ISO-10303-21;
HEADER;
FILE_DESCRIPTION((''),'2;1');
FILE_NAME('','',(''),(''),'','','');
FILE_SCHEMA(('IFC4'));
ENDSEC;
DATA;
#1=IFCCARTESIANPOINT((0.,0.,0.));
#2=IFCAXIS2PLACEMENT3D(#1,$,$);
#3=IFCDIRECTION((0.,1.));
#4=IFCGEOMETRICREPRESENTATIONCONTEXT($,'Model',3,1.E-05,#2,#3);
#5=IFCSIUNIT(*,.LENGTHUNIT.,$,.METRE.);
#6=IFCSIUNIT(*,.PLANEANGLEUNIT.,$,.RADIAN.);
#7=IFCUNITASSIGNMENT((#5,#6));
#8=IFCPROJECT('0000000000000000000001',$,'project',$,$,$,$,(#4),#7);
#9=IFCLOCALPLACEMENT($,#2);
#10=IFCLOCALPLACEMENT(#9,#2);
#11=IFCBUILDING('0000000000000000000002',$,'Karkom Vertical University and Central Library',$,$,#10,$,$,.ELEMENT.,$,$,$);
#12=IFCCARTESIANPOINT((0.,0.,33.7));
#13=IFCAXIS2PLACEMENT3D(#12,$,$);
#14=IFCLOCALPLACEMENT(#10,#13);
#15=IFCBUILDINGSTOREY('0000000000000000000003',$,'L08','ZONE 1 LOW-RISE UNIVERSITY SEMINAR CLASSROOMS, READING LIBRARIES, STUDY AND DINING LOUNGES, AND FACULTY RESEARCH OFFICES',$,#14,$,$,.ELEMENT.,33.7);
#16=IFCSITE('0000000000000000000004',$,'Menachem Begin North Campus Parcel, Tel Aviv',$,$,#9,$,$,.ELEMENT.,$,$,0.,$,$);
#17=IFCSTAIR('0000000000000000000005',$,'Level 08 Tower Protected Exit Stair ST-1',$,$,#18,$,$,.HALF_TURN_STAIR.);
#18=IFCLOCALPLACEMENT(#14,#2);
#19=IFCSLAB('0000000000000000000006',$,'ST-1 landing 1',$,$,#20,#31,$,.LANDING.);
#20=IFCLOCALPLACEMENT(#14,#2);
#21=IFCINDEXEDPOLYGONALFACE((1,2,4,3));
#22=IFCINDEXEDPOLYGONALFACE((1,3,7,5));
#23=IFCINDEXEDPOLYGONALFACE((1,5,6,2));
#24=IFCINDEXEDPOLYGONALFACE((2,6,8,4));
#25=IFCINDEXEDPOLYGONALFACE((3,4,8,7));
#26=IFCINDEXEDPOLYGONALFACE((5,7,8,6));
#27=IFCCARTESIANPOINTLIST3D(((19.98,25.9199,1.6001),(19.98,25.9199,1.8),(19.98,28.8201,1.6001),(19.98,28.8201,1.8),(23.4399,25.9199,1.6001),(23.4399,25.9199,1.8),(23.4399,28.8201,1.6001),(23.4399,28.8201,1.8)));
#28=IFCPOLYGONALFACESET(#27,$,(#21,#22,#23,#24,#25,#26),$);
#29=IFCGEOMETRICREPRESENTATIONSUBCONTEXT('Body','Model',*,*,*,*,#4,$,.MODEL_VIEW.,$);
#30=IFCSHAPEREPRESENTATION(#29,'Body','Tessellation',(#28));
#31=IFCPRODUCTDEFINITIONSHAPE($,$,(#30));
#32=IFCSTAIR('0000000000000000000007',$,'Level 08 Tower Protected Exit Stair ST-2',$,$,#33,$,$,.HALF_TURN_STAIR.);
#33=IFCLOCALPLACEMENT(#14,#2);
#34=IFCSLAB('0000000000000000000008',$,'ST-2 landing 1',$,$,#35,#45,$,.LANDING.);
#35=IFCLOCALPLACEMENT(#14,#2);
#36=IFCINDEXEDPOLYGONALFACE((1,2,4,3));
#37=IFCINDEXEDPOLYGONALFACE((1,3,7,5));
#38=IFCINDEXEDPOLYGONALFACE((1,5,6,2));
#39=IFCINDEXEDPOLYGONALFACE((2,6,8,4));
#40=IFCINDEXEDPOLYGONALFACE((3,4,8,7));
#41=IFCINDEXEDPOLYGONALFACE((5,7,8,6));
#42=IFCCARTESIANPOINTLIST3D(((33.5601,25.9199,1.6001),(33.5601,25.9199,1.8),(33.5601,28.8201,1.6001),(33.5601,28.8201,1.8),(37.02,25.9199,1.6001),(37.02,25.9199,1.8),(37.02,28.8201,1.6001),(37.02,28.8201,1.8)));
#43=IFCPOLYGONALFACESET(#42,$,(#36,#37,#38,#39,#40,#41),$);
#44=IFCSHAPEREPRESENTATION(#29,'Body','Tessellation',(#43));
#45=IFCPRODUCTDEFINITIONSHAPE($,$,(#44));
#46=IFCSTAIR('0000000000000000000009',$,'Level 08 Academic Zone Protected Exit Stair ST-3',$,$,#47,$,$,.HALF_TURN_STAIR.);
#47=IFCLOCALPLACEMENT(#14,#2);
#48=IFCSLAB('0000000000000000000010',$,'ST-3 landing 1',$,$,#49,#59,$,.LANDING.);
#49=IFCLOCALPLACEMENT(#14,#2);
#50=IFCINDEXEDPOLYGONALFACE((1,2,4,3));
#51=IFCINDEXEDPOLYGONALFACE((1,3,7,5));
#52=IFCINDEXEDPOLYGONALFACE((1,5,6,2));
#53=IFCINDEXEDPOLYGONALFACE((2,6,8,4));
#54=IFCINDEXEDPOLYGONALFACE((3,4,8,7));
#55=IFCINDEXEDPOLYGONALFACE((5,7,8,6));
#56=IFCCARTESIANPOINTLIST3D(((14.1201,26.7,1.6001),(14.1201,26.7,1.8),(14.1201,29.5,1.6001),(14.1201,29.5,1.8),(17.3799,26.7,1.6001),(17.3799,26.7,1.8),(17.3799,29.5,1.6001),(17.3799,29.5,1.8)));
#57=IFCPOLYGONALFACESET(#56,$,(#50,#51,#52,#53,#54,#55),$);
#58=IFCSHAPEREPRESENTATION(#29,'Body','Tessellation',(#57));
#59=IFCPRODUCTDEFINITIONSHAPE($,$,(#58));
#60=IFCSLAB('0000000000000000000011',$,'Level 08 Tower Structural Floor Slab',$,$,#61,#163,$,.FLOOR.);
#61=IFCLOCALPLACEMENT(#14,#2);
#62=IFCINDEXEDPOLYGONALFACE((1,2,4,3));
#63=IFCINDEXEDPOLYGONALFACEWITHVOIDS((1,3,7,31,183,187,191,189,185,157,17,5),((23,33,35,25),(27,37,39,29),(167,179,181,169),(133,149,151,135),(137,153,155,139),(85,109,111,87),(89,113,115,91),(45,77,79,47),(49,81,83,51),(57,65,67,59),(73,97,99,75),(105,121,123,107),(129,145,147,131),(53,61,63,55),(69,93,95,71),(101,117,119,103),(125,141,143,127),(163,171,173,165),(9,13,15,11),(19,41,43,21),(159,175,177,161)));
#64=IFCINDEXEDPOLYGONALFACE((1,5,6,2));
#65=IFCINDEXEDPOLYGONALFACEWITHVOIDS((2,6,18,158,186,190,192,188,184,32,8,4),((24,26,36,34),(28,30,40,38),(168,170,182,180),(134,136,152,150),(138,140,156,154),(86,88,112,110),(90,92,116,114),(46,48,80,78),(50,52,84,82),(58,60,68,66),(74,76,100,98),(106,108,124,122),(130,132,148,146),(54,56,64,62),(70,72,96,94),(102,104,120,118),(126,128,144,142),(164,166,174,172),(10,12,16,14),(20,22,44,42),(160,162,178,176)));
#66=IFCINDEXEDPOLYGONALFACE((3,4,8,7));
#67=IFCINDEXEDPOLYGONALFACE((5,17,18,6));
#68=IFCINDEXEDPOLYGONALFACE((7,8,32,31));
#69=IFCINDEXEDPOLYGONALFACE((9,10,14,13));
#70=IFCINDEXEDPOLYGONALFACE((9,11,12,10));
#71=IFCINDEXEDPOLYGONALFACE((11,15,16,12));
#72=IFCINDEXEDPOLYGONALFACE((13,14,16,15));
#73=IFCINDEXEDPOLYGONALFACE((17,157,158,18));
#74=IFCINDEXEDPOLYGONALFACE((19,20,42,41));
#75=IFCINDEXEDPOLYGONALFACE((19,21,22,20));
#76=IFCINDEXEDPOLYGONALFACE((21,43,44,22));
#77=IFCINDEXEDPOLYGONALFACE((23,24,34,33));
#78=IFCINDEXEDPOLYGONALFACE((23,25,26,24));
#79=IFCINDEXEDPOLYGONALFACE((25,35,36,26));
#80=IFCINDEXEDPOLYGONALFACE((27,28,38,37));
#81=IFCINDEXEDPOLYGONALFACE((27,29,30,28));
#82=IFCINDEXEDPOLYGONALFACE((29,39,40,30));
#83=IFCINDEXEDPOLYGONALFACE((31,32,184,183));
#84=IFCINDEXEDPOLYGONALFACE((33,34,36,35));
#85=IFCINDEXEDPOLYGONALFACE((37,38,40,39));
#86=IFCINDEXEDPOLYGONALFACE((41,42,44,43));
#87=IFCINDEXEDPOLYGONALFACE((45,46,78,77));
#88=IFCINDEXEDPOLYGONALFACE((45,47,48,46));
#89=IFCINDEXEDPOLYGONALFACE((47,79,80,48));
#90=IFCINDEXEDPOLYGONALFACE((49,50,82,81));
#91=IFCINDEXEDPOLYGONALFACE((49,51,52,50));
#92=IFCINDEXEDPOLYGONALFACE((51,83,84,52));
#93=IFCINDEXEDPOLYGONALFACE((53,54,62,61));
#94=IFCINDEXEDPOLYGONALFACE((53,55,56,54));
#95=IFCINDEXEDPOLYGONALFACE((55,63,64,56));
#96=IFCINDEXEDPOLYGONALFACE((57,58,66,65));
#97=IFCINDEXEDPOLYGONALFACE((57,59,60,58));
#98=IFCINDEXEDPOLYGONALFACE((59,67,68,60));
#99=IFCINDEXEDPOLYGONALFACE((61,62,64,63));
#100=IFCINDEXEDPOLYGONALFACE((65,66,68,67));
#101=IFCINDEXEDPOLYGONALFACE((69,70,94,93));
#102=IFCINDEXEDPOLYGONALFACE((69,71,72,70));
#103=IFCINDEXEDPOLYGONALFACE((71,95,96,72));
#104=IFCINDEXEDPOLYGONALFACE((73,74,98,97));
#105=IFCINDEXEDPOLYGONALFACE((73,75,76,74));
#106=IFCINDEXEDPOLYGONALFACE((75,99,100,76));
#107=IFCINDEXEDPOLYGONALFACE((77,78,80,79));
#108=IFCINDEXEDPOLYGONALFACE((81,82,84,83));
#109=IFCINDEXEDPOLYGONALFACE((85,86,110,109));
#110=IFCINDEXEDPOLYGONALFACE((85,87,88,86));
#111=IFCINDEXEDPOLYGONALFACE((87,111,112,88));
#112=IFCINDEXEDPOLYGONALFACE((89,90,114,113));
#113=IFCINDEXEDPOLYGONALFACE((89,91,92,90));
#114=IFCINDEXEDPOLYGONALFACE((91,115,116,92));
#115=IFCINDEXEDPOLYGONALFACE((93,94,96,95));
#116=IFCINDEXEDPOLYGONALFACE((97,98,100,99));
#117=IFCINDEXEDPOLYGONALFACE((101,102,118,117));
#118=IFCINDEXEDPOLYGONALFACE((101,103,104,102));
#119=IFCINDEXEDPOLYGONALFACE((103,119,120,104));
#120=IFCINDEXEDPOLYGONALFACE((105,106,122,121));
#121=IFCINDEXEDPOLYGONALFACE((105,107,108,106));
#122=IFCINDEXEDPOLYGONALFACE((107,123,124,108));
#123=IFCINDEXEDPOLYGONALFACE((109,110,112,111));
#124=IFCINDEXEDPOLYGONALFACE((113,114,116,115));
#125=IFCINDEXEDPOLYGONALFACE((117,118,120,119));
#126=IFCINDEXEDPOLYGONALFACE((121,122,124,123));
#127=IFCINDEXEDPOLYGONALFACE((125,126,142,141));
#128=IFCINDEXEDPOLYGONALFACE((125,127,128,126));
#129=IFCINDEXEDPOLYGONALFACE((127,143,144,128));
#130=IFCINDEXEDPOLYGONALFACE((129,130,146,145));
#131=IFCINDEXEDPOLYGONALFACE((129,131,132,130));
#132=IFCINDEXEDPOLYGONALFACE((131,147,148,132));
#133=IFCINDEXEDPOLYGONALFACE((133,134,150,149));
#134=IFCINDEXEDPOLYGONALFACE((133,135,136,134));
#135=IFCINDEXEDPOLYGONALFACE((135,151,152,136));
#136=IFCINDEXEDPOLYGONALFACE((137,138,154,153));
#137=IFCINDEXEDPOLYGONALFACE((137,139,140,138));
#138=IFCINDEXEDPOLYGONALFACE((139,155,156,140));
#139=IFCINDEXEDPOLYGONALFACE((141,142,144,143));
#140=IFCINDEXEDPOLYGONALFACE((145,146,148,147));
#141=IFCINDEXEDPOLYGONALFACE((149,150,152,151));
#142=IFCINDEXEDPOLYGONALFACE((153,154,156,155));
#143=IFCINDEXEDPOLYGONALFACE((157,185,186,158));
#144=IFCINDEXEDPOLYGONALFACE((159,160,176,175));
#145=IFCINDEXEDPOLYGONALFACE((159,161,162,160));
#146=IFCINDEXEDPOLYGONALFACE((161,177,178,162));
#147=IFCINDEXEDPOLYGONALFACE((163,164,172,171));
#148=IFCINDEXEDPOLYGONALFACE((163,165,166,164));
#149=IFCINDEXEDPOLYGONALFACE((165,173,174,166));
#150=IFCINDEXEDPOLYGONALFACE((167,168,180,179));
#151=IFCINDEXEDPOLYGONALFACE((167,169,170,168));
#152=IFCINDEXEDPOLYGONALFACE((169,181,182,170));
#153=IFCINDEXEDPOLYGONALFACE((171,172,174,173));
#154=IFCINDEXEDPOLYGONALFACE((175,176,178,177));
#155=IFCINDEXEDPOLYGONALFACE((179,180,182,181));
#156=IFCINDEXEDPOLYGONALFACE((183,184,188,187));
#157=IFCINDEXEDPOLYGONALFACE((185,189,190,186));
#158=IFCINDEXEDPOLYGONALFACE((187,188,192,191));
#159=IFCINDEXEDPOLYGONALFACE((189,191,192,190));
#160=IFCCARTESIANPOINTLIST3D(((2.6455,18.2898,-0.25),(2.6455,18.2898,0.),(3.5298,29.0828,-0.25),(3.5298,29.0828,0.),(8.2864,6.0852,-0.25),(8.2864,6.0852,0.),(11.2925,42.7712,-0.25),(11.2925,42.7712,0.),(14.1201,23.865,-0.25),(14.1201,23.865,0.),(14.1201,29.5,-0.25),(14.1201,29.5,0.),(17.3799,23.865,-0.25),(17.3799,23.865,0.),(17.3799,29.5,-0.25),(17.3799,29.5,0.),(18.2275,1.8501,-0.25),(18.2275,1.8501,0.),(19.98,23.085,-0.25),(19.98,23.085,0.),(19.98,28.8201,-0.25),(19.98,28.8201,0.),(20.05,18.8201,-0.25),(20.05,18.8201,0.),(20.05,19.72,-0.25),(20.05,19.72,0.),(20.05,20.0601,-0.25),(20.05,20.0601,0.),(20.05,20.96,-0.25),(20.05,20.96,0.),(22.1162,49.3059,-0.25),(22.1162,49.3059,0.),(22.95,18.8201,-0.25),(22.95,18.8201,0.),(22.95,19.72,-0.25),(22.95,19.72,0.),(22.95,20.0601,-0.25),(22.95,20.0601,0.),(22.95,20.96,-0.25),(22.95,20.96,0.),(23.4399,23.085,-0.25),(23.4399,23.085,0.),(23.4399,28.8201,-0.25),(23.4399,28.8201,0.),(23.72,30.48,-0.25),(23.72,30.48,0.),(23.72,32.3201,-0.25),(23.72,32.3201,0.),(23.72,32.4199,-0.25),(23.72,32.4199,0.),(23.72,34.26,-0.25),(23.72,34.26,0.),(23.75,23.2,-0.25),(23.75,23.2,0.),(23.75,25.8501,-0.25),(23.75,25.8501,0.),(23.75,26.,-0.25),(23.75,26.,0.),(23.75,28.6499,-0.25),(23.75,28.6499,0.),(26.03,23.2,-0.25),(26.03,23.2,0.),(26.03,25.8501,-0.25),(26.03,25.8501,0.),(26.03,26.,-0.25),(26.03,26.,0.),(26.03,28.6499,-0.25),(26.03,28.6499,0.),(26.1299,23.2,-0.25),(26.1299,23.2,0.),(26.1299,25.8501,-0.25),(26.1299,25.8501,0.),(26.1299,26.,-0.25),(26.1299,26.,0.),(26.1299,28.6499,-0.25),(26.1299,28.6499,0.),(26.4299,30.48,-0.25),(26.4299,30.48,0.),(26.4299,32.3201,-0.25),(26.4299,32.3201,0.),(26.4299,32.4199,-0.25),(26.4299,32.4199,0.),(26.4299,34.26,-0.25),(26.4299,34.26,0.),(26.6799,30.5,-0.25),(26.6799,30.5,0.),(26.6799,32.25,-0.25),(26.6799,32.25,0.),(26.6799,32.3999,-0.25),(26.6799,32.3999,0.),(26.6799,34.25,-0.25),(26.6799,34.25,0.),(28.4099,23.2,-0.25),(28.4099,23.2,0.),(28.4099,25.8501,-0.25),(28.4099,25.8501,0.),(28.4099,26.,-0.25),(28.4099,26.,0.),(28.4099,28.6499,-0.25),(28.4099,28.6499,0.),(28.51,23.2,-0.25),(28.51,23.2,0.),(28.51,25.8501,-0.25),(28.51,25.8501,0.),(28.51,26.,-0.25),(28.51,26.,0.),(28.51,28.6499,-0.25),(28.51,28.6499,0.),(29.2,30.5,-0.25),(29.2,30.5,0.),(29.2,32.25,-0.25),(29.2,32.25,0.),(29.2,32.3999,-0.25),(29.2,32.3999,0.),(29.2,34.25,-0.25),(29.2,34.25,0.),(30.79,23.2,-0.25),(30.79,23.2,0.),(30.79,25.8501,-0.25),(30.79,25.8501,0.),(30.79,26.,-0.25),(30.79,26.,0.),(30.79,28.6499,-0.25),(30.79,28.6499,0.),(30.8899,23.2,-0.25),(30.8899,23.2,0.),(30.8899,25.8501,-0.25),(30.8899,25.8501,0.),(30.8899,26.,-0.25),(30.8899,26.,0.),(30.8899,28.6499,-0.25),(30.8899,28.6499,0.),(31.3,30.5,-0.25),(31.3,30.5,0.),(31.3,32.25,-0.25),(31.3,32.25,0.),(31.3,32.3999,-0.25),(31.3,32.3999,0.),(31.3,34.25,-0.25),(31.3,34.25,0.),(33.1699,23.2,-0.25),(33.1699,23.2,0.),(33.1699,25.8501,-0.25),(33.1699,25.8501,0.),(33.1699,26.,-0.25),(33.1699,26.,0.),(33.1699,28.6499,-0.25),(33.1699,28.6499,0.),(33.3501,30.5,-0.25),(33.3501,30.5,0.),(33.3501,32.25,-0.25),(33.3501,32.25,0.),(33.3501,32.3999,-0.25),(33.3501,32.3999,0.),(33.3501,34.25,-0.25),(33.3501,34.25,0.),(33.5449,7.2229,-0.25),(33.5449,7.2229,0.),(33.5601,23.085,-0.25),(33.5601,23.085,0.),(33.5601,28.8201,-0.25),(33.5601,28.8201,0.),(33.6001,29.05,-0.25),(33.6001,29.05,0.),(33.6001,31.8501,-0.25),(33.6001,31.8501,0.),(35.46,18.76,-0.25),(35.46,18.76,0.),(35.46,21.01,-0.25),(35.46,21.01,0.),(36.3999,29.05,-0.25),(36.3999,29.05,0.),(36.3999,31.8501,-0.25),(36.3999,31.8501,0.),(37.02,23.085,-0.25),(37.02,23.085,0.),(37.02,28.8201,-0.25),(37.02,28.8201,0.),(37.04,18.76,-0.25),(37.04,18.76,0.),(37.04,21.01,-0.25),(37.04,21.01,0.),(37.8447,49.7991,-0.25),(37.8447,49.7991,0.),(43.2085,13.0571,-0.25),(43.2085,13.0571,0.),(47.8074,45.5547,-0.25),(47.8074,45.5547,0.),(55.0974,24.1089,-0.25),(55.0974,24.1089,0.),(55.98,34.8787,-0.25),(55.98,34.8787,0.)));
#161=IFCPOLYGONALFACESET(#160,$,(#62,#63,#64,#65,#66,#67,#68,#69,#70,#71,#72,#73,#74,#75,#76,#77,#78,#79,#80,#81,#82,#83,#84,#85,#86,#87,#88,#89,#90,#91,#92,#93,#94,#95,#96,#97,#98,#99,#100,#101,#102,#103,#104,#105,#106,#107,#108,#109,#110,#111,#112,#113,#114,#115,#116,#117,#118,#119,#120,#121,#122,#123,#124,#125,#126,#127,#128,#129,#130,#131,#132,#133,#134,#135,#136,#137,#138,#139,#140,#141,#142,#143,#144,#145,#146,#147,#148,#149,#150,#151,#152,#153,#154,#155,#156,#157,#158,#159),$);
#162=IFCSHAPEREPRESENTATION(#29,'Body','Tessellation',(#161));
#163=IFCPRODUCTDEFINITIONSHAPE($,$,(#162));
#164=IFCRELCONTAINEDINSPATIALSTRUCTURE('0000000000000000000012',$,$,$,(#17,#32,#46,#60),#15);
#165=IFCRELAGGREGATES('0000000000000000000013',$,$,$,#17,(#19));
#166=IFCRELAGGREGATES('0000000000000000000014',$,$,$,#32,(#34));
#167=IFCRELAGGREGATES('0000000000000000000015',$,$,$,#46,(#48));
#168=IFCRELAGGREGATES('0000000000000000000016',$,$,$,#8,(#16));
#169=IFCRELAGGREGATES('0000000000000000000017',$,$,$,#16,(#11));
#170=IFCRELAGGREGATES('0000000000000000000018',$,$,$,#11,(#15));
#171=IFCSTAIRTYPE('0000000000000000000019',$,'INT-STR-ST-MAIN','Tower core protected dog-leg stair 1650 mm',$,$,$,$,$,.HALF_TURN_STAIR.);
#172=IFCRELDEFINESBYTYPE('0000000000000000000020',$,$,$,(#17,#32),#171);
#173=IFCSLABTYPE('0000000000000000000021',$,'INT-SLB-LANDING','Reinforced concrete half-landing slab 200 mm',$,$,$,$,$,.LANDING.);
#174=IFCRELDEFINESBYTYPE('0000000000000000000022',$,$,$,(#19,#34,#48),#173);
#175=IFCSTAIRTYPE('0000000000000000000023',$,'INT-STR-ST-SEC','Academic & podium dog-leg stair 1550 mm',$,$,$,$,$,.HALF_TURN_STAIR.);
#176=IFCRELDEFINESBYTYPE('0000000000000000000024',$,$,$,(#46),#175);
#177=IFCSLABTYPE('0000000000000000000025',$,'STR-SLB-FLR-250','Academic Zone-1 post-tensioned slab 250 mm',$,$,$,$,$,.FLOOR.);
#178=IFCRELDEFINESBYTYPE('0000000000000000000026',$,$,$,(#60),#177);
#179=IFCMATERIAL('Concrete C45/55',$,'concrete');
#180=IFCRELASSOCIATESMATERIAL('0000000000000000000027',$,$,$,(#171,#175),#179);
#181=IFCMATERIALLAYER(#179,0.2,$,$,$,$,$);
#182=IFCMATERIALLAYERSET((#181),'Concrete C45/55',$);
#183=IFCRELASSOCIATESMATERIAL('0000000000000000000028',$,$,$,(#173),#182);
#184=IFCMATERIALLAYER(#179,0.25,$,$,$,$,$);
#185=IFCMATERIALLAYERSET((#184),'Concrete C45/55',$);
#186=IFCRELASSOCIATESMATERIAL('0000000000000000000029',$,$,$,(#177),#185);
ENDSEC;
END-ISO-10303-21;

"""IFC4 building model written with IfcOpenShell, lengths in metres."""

from ifc_helpers import new_model, si_unit, direction, frame, origin, place, context, subcontext, project, spatial, polyline, outline, extrude, material, layer, layer_set, type_object, element, aggregate, save


model = new_model("IFC4")

# Units and contexts
model_context = context("Model", 3, precision=1e-05, world=origin(), true_north=direction((0.0, 1.0)))
body_context = subcontext(model_context, "Body", "Model", "MODEL_VIEW")
ifc_project = project(units=[si_unit("LENGTHUNIT", "METRE"), si_unit("PLANEANGLEUNIT", "RADIAN")], contexts=[model_context])

# Site, building, storey
site_placement = place(None, origin())
site = spatial("IfcSite", under=ifc_project, at=site_placement, Name="Menachem Begin North Campus Parcel, Tel Aviv", CompositionType="ELEMENT", RefElevation=0.0)
building_placement = place(site_placement, origin())
building = spatial("IfcBuilding", under=site, at=building_placement, Name="Karkom Vertical University and Central Library", CompositionType="ELEMENT")
storey_placement = place(building_placement, frame((0.0, 0.0, 33.7)))
storey = spatial("IfcBuildingStorey", under=building, at=storey_placement, Name="L08", Description="ZONE 1 LOW-RISE UNIVERSITY SEMINAR CLASSROOMS, READING LIBRARIES, STUDY AND DINING LOUNGES, AND FACULTY RESEARCH OFFICES", CompositionType="ELEMENT", Elevation=33.7)

# Stairs, slabs
ifc_material_1 = material(Name="Concrete C45/55", Category="concrete")
stair_type_1 = type_object("IfcStairType", Name="INT-STR-ST-MAIN", Description="Tower core protected dog-leg stair 1650 mm", PredefinedType="HALF_TURN_STAIR", material=ifc_material_1)
stair_1_placement = place(storey_placement, origin())
stair_1 = element("IfcStair", 1, at=stair_1_placement, inside=storey, type_object=stair_type_1, Name="Level 08 Tower Protected Exit Stair ST-1", PredefinedType="HALF_TURN_STAIR")
ifc_layer_1 = layer(ifc_material_1, 0.2)
ifc_layer_set_1 = layer_set([ifc_layer_1], Name="Concrete C45/55")
slab_type_1 = type_object("IfcSlabType", Name="INT-SLB-LANDING", Description="Reinforced concrete half-landing slab 200 mm", PredefinedType="LANDING", material=ifc_layer_set_1)
slab_1_placement = place(storey_placement, frame((0.0, 0.0, 1.6001)))
slab_1 = element("IfcSlab", 2, at=slab_1_placement, type_object=slab_type_1, Name="ST-1 landing 1", PredefinedType="LANDING", context=body_context, shape_type="SweptSolid", body=[
    extrude(outline(polyline([(23.4399, 25.9199), (23.4399, 28.8201), (19.98, 28.8201), (19.98, 25.9199), (23.4399, 25.9199)])), origin(), (0.0, 0.0, 1.0), 0.2),
])
aggregate(stair_1, [slab_1])
stair_2_placement = place(storey_placement, origin())
stair_2 = element("IfcStair", 3, at=stair_2_placement, inside=storey, type_object=stair_type_1, Name="Level 08 Tower Protected Exit Stair ST-2", PredefinedType="HALF_TURN_STAIR")
slab_2_placement = place(storey_placement, frame((0.0, 0.0, 1.6001)))
slab_2 = element("IfcSlab", 4, at=slab_2_placement, type_object=slab_type_1, Name="ST-2 landing 1", PredefinedType="LANDING", context=body_context, shape_type="SweptSolid", body=[
    extrude(outline(polyline([(37.02, 25.9199), (37.02, 28.8201), (33.5601, 28.8201), (33.5601, 25.9199), (37.02, 25.9199)])), origin(), (0.0, 0.0, 1.0), 0.2),
])
aggregate(stair_2, [slab_2])
stair_type_2 = type_object("IfcStairType", Name="INT-STR-ST-SEC", Description="Academic & podium dog-leg stair 1550 mm", PredefinedType="HALF_TURN_STAIR", material=ifc_material_1)
stair_3_placement = place(storey_placement, origin())
stair_3 = element("IfcStair", 5, at=stair_3_placement, inside=storey, type_object=stair_type_2, Name="Level 08 Academic Zone Protected Exit Stair ST-3", PredefinedType="HALF_TURN_STAIR")
slab_3_placement = place(storey_placement, frame((0.0, 0.0, 1.6001)))
slab_3 = element("IfcSlab", 6, at=slab_3_placement, type_object=slab_type_1, Name="ST-3 landing 1", PredefinedType="LANDING", context=body_context, shape_type="SweptSolid", body=[
    extrude(outline(polyline([(17.3799, 26.7), (17.3799, 29.5), (14.1201, 29.5), (14.1201, 26.7), (17.3799, 26.7)])), origin(), (0.0, 0.0, 1.0), 0.2),
])
aggregate(stair_3, [slab_3])

# Slab
ifc_layer_2 = layer(ifc_material_1, 0.25)
ifc_layer_set_2 = layer_set([ifc_layer_2], Name="Concrete C45/55")
slab_type_2 = type_object("IfcSlabType", Name="STR-SLB-FLR-250", Description="Academic Zone-1 post-tensioned slab 250 mm", PredefinedType="FLOOR", material=ifc_layer_set_2)
slab_4_placement = place(storey_placement, frame((0.0, 0.0, -0.25)))
element("IfcSlab", 7, at=slab_4_placement, inside=storey, type_object=slab_type_2, Name="Level 08 Tower Structural Floor Slab", PredefinedType="FLOOR", context=body_context, shape_type="SweptSolid", body=[
    extrude(outline(polyline([(22.1162, 49.3059), (11.2925, 42.7712), (3.5298, 29.0828), (2.6455, 18.2898), (8.2864, 6.0852), (18.2275, 1.8501), (33.5449, 7.2229), (43.2085, 13.0571), (55.0974, 24.1089), (55.98, 34.8787), (47.8074, 45.5547), (37.8447, 49.7991), (22.1162, 49.3059)]), holes=[polyline([(19.98, 23.085), (23.4399, 23.085), (23.4399, 28.8201), (19.98, 28.8201), (19.98, 23.085)]), polyline([(33.5601, 23.085), (37.02, 23.085), (37.02, 28.8201), (33.5601, 28.8201), (33.5601, 23.085)]), polyline([(14.1201, 23.865), (17.3799, 23.865), (17.3799, 29.5), (14.1201, 29.5), (14.1201, 23.865)]), polyline([(23.75, 23.2), (26.03, 23.2), (26.03, 25.8501), (23.75, 25.8501), (23.75, 23.2)]), polyline([(26.1299, 23.2), (28.4099, 23.2), (28.4099, 25.8501), (26.1299, 25.8501), (26.1299, 23.2)]), polyline([(28.51, 23.2), (30.79, 23.2), (30.79, 25.8501), (28.51, 25.8501), (28.51, 23.2)]), polyline([(30.8899, 23.2), (33.1699, 23.2), (33.1699, 25.8501), (30.8899, 25.8501), (30.8899, 23.2)]), polyline([(23.75, 26.0), (26.03, 26.0), (26.03, 28.6499), (23.75, 28.6499), (23.75, 26.0)]), polyline([(26.1299, 26.0), (28.4099, 26.0), (28.4099, 28.6499), (26.1299, 28.6499), (26.1299, 26.0)]), polyline([(28.51, 26.0), (30.79, 26.0), (30.79, 28.6499), (28.51, 28.6499), (28.51, 26.0)]), polyline([(30.8899, 26.0), (33.1699, 26.0), (33.1699, 28.6499), (30.8899, 28.6499), (30.8899, 26.0)]), polyline([(26.6799, 30.5), (29.2, 30.5), (29.2, 32.25), (26.6799, 32.25), (26.6799, 30.5)]), polyline([(26.6799, 32.3999), (29.2, 32.3999), (29.2, 34.25), (26.6799, 34.25), (26.6799, 32.3999)]), polyline([(31.3, 30.5), (33.3501, 30.5), (33.3501, 32.25), (31.3, 32.25), (31.3, 30.5)]), polyline([(31.3, 32.3999), (33.3501, 32.3999), (33.3501, 34.25), (31.3, 34.25), (31.3, 32.3999)]), polyline([(23.72, 30.48), (26.4299, 30.48), (26.4299, 32.3201), (23.72, 32.3201), (23.72, 30.48)]), polyline([(23.72, 32.4199), (26.4299, 32.4199), (26.4299, 34.26), (23.72, 34.26), (23.72, 32.4199)]), polyline([(33.6001, 29.05), (36.3999, 29.05), (36.3999, 31.8501), (33.6001, 31.8501), (33.6001, 29.05)]), polyline([(20.05, 18.8201), (22.95, 18.8201), (22.95, 19.72), (20.05, 19.72), (20.05, 18.8201)]), polyline([(20.05, 20.0601), (22.95, 20.0601), (22.95, 20.96), (20.05, 20.96), (20.05, 20.0601)]), polyline([(35.46, 18.76), (37.04, 18.76), (37.04, 21.01), (35.46, 21.01), (35.46, 18.76)])]), origin(), (0.0, 0.0, 1.0), 0.25),
])

save(model, "model.ifc")
